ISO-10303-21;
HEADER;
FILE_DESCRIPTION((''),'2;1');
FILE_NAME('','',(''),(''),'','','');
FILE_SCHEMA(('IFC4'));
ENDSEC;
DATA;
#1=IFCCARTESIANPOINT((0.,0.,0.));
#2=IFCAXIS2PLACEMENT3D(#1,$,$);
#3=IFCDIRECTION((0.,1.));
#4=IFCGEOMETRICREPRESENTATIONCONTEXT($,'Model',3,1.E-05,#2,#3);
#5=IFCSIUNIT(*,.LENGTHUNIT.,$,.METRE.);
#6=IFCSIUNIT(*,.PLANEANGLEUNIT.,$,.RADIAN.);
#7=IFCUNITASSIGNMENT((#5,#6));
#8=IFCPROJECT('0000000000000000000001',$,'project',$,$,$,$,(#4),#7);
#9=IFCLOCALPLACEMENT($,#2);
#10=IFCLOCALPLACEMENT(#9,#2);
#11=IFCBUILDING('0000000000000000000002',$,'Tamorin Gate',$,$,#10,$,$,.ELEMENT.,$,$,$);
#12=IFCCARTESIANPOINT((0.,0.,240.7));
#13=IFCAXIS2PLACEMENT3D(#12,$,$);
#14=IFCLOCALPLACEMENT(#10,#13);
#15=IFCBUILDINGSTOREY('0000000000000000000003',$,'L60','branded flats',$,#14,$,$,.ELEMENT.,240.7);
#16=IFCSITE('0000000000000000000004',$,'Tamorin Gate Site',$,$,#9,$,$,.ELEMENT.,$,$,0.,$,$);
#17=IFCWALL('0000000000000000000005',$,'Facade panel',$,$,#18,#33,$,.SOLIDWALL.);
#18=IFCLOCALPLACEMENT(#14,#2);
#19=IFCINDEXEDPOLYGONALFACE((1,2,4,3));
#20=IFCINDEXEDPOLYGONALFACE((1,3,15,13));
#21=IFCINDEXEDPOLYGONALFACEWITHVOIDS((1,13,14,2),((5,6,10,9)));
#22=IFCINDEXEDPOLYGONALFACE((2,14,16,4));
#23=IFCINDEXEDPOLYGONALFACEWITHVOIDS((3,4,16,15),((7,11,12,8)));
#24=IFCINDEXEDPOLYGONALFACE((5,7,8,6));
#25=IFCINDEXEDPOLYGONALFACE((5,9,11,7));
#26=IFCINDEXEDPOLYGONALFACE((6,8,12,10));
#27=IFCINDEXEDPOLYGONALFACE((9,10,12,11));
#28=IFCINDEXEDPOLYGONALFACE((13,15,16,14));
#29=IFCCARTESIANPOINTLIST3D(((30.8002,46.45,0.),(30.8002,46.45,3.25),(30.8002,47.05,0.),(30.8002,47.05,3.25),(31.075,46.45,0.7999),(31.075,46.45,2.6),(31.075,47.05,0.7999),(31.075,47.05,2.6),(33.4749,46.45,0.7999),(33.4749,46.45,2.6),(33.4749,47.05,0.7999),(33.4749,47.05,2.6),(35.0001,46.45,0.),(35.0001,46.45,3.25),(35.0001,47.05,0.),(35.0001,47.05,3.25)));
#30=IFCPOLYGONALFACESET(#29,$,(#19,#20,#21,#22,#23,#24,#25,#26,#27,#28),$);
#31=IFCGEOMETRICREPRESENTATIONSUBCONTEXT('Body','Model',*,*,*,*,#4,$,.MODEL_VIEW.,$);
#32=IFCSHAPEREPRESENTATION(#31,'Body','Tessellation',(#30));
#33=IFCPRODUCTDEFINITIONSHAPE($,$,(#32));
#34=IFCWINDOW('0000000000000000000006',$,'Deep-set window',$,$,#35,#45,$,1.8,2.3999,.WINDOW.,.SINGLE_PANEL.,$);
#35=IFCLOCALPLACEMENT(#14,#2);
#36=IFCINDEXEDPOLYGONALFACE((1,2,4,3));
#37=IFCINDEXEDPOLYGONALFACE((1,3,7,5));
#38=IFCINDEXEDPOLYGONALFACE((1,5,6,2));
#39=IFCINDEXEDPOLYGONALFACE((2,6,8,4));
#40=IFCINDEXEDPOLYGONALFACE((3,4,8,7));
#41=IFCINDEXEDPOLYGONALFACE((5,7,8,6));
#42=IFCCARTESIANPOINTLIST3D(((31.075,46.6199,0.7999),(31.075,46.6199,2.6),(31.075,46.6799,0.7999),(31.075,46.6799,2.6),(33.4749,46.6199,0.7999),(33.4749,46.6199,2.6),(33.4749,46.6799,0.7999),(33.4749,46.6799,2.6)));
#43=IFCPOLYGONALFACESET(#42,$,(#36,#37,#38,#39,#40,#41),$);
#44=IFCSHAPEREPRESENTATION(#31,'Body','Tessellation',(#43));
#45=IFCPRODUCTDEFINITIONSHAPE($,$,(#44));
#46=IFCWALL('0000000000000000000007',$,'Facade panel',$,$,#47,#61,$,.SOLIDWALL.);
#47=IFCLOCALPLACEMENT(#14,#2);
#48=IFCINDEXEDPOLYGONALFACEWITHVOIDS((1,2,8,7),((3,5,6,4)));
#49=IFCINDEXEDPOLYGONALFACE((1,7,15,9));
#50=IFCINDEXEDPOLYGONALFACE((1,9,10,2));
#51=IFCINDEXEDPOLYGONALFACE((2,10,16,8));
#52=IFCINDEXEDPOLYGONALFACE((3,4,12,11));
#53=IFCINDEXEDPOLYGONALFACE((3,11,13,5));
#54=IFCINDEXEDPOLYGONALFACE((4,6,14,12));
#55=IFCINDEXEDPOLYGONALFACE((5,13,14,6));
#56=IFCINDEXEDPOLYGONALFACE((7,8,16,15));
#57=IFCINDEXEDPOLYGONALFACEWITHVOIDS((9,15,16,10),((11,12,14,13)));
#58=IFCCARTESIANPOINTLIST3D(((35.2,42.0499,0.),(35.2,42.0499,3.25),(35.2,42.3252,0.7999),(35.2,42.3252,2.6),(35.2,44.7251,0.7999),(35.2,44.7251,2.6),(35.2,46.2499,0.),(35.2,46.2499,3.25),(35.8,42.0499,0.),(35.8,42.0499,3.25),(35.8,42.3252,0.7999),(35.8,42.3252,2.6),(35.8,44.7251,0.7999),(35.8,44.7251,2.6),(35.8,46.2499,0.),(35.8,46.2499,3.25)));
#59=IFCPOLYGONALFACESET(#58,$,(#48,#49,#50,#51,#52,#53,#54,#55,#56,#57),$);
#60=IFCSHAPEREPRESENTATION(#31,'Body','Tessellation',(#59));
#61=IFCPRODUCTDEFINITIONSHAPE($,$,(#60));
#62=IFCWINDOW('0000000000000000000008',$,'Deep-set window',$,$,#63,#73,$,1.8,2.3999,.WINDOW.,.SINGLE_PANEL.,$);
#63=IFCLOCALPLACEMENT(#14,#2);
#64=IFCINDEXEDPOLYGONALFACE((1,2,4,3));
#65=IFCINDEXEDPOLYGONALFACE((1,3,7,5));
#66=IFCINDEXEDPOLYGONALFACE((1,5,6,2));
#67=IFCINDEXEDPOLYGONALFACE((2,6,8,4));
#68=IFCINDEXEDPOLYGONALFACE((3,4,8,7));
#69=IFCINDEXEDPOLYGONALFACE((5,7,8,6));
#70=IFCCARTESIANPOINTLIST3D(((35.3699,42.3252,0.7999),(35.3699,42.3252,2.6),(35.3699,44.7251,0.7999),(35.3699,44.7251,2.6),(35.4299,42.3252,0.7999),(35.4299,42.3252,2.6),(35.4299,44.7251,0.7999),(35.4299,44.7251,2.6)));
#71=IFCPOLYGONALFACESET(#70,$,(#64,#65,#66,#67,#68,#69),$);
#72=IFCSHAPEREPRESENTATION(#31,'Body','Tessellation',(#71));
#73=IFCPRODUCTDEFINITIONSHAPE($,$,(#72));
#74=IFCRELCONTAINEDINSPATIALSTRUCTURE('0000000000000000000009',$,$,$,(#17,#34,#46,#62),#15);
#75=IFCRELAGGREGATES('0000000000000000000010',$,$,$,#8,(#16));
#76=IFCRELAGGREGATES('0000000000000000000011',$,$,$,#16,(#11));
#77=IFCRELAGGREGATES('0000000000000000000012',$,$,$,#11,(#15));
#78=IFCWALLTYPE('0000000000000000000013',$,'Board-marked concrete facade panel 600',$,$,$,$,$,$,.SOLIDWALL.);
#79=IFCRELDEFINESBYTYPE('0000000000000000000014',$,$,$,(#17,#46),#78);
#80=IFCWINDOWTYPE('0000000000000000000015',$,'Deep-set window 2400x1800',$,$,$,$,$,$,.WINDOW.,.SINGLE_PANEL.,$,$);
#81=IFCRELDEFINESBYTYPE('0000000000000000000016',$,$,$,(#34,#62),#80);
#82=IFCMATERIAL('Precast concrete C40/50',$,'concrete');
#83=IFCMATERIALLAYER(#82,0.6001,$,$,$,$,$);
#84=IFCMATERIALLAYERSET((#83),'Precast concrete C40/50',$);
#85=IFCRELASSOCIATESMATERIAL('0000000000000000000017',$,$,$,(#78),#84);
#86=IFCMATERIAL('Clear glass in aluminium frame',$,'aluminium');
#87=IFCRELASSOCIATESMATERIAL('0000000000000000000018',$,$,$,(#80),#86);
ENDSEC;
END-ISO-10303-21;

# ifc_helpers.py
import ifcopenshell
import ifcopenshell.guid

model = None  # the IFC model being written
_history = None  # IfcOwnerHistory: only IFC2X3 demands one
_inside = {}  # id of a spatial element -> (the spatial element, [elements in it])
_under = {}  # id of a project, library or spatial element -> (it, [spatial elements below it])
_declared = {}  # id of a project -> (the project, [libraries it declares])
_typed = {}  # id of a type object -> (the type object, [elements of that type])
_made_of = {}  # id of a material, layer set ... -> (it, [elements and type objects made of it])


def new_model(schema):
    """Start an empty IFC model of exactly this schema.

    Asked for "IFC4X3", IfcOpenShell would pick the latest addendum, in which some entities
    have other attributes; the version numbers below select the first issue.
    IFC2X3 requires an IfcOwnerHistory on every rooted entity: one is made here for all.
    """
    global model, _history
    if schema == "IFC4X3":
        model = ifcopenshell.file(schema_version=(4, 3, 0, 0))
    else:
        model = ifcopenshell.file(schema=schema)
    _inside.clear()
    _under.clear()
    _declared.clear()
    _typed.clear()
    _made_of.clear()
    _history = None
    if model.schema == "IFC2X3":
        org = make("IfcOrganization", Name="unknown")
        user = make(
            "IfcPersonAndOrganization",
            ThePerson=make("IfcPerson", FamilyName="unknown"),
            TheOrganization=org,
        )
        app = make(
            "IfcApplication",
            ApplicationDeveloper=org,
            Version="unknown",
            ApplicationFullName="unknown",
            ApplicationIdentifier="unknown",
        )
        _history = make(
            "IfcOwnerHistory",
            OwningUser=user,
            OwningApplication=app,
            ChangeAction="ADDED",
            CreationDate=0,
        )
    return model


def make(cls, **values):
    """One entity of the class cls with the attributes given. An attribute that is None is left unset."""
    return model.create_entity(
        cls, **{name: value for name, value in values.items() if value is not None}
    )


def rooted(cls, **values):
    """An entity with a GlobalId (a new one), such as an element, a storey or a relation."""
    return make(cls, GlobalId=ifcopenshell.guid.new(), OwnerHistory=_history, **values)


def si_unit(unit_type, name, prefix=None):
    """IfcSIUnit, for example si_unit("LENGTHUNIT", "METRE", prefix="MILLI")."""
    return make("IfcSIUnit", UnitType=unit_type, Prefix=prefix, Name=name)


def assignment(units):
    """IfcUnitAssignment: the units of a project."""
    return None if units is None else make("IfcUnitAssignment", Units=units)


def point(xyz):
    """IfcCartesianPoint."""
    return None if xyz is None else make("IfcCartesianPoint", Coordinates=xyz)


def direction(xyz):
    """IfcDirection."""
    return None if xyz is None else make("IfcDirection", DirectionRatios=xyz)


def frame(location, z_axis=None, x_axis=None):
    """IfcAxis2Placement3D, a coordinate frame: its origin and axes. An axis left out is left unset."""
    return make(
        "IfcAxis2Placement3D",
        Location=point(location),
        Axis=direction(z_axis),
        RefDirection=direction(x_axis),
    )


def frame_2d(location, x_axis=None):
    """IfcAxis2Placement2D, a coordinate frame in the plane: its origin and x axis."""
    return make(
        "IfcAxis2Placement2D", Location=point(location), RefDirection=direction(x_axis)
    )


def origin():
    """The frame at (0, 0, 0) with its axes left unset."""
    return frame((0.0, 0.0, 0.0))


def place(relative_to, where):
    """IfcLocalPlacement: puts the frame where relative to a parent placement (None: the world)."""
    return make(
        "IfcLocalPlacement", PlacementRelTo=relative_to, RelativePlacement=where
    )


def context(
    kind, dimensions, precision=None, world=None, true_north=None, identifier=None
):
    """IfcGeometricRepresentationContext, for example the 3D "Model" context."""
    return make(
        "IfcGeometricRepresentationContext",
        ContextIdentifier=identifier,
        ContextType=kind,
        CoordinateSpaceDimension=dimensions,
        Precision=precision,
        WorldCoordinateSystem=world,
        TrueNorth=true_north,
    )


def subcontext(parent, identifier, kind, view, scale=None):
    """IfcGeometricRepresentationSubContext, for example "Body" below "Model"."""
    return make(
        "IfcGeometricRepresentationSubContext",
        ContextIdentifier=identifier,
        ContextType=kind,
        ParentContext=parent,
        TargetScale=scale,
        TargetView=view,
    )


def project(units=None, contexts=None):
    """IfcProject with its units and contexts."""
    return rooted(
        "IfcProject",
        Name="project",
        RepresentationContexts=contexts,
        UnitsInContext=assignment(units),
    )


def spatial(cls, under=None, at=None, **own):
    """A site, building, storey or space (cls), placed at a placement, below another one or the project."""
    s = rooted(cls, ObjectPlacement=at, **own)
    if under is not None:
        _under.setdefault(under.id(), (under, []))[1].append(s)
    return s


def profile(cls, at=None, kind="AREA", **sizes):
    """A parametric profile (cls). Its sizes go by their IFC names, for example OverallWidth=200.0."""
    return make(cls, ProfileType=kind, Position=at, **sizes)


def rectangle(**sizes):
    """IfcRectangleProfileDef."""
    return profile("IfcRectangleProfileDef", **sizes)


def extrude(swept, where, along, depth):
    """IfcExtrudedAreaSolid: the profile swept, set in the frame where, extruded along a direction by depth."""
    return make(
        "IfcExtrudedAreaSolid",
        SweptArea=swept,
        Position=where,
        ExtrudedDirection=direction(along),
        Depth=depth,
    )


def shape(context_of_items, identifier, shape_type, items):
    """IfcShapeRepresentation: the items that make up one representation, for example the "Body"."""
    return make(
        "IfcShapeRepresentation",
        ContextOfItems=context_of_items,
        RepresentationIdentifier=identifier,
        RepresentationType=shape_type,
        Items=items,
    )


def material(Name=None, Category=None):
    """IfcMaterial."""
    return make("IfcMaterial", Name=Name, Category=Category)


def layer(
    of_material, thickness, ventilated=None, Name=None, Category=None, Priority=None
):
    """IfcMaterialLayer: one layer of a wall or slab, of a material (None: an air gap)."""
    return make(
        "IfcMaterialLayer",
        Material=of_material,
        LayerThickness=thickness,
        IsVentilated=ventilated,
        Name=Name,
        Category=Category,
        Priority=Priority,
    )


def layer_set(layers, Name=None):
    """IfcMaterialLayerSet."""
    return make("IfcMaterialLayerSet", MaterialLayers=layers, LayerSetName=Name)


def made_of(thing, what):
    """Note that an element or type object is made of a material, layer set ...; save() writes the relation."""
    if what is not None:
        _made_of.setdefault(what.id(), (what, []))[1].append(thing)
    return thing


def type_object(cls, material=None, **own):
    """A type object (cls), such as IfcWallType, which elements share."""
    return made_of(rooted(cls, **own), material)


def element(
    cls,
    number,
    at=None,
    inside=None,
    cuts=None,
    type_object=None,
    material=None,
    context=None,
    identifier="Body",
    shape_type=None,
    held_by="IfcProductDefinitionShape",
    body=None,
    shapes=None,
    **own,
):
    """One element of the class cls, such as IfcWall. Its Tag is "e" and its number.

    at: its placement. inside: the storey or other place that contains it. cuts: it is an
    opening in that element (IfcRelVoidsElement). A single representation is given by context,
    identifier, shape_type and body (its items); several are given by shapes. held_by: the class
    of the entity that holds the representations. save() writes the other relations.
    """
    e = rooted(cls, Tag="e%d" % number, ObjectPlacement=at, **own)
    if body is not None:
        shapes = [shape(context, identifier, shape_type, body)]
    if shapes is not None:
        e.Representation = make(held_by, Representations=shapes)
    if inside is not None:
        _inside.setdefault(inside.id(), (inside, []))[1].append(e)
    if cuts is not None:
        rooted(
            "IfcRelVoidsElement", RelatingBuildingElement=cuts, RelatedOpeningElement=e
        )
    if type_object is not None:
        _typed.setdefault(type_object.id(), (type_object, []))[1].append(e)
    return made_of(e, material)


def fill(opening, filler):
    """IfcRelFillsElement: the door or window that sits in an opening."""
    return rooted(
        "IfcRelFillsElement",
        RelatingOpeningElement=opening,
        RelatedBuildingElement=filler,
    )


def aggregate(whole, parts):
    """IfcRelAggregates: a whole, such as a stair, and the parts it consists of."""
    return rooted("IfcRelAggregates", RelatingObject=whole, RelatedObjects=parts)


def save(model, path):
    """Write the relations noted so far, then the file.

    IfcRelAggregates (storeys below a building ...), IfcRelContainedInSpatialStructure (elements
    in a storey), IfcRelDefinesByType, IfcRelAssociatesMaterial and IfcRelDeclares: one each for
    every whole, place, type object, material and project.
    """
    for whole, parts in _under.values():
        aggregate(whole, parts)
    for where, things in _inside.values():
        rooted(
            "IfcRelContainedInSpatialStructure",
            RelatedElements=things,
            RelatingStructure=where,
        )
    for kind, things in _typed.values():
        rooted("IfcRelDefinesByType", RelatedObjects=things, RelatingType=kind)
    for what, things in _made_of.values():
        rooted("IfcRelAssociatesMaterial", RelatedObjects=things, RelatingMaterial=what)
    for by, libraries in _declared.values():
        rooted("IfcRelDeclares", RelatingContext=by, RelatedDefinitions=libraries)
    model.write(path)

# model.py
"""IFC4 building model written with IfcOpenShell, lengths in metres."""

from ifc_helpers import new_model, si_unit, direction, frame, frame_2d, origin, place, context, subcontext, project, spatial, rectangle, extrude, material, layer, layer_set, type_object, element, fill, save


model = new_model("IFC4")

# Units and contexts
model_context = context("Model", 3, precision=1e-05, world=origin(), true_north=direction((0.0, 1.0)))
body_context = subcontext(model_context, "Body", "Model", "MODEL_VIEW")
ifc_project = project(units=[si_unit("LENGTHUNIT", "METRE"), si_unit("PLANEANGLEUNIT", "RADIAN")], contexts=[model_context])

# Site, building, storey
site_placement = place(None, origin())
site = spatial("IfcSite", under=ifc_project, at=site_placement, Name="Tamorin Gate Site", CompositionType="ELEMENT", RefElevation=0.0)
building_placement = place(site_placement, origin())
building = spatial("IfcBuilding", under=site, at=building_placement, Name="Tamorin Gate", CompositionType="ELEMENT")
storey_placement = place(building_placement, frame((0.0, 0.0, 240.7)))
storey = spatial("IfcBuildingStorey", under=building, at=storey_placement, Name="L60", Description="branded flats", CompositionType="ELEMENT", Elevation=240.7)

# Shared definitions
ifc_material_1 = material(Name="Precast concrete C40/50", Category="concrete")
ifc_layer_1 = layer(ifc_material_1, 0.6001)
ifc_layer_set_1 = layer_set([ifc_layer_1], Name="Precast concrete C40/50")
wall_type_1 = type_object("IfcWallType", Name="Board-marked concrete facade panel 600", PredefinedType="SOLIDWALL", material=ifc_layer_set_1)
ifc_material_2 = material(Name="Clear glass in aluminium frame", Category="aluminium")
window_type = type_object("IfcWindowType", Name="Deep-set window 2400x1800", PartitioningType="SINGLE_PANEL", PredefinedType="WINDOW", material=ifc_material_2)

# Walls, openings, windows
wall_1_placement = place(storey_placement, frame((30.8, 46.75, 0.0), z_axis=(0.0, 0.0, 1.0), x_axis=(1.0, 0.0, 0.0)))
wall_1 = element("IfcWall", 1, at=wall_1_placement, inside=storey, type_object=wall_type_1, Name="Facade panel", PredefinedType="SOLIDWALL", context=body_context, shape_type="SweptSolid", body=[
    extrude(rectangle(XDim=4.2, YDim=0.6001, at=frame_2d((2.1001, 0.0))), origin(), (0.0, 0.0, 1.0), 3.25),
])
opening_1_placement = place(wall_1_placement, frame((0.2749, 0.0, 0.8)))
opening_1 = element("IfcOpeningElement", 2, at=opening_1_placement, cuts=wall_1, PredefinedType="OPENING", context=body_context, shape_type="SweptSolid", body=[
    extrude(rectangle(XDim=2.3999, YDim=1.8, at=frame_2d((1.2, 0.8999))), frame((0.0, 0.3101, 0.0), z_axis=(0.0, -1.0, 0.0), x_axis=(1.0, 0.0, 0.0)), (0.0, 0.0, 1.0), 0.6201),
])
window_1_placement = place(opening_1_placement, origin())
window_1 = element("IfcWindow", 3, at=window_1_placement, inside=storey, type_object=window_type, Name="Deep-set window", OverallHeight=1.8, OverallWidth=2.3999, PartitioningType="SINGLE_PANEL", PredefinedType="WINDOW", context=body_context, shape_type="SweptSolid", body=[
    extrude(rectangle(XDim=2.3999, YDim=1.8, at=frame_2d((1.2, 0.8999))), frame((0.0, -0.0701, 0.0), z_axis=(0.0, -1.0, 0.0), x_axis=(1.0, 0.0, 0.0)), (0.0, 0.0, 1.0), 0.0601),
])
fill(opening_1, window_1)
wall_2_placement = place(storey_placement, frame((35.5, 46.25, 0.0), z_axis=(0.0, 0.0, 1.0), x_axis=(0.0, -1.0, 0.0)))
wall_2 = element("IfcWall", 4, at=wall_2_placement, inside=storey, type_object=wall_type_1, Name="Facade panel", PredefinedType="SOLIDWALL", context=body_context, shape_type="SweptSolid", body=[
    extrude(rectangle(XDim=4.2, YDim=0.6001, at=frame_2d((2.1001, 0.0))), origin(), (0.0, 0.0, 1.0), 3.25),
])
opening_2_placement = place(wall_2_placement, frame((1.5249, 0.0, 0.8)))
opening_2 = element("IfcOpeningElement", 5, at=opening_2_placement, cuts=wall_2, PredefinedType="OPENING", context=body_context, shape_type="SweptSolid", body=[
    extrude(rectangle(XDim=2.3999, YDim=1.8, at=frame_2d((1.2, 0.8999))), frame((0.0, 0.3101, 0.0), z_axis=(0.0, -1.0, 0.0), x_axis=(1.0, 0.0, 0.0)), (0.0, 0.0, 1.0), 0.6201),
])
window_2_placement = place(opening_2_placement, origin())
window_2 = element("IfcWindow", 6, at=window_2_placement, inside=storey, type_object=window_type, Name="Deep-set window", OverallHeight=1.8, OverallWidth=2.3999, PartitioningType="SINGLE_PANEL", PredefinedType="WINDOW", context=body_context, shape_type="SweptSolid", body=[
    extrude(rectangle(XDim=2.3999, YDim=1.8, at=frame_2d((1.2, 0.8999))), frame((0.0, -0.0701, 0.0), z_axis=(0.0, -1.0, 0.0), x_axis=(1.0, 0.0, 0.0)), (0.0, 0.0, 1.0), 0.0601),
])
fill(opening_2, window_2)

save(model, "model.ifc")
